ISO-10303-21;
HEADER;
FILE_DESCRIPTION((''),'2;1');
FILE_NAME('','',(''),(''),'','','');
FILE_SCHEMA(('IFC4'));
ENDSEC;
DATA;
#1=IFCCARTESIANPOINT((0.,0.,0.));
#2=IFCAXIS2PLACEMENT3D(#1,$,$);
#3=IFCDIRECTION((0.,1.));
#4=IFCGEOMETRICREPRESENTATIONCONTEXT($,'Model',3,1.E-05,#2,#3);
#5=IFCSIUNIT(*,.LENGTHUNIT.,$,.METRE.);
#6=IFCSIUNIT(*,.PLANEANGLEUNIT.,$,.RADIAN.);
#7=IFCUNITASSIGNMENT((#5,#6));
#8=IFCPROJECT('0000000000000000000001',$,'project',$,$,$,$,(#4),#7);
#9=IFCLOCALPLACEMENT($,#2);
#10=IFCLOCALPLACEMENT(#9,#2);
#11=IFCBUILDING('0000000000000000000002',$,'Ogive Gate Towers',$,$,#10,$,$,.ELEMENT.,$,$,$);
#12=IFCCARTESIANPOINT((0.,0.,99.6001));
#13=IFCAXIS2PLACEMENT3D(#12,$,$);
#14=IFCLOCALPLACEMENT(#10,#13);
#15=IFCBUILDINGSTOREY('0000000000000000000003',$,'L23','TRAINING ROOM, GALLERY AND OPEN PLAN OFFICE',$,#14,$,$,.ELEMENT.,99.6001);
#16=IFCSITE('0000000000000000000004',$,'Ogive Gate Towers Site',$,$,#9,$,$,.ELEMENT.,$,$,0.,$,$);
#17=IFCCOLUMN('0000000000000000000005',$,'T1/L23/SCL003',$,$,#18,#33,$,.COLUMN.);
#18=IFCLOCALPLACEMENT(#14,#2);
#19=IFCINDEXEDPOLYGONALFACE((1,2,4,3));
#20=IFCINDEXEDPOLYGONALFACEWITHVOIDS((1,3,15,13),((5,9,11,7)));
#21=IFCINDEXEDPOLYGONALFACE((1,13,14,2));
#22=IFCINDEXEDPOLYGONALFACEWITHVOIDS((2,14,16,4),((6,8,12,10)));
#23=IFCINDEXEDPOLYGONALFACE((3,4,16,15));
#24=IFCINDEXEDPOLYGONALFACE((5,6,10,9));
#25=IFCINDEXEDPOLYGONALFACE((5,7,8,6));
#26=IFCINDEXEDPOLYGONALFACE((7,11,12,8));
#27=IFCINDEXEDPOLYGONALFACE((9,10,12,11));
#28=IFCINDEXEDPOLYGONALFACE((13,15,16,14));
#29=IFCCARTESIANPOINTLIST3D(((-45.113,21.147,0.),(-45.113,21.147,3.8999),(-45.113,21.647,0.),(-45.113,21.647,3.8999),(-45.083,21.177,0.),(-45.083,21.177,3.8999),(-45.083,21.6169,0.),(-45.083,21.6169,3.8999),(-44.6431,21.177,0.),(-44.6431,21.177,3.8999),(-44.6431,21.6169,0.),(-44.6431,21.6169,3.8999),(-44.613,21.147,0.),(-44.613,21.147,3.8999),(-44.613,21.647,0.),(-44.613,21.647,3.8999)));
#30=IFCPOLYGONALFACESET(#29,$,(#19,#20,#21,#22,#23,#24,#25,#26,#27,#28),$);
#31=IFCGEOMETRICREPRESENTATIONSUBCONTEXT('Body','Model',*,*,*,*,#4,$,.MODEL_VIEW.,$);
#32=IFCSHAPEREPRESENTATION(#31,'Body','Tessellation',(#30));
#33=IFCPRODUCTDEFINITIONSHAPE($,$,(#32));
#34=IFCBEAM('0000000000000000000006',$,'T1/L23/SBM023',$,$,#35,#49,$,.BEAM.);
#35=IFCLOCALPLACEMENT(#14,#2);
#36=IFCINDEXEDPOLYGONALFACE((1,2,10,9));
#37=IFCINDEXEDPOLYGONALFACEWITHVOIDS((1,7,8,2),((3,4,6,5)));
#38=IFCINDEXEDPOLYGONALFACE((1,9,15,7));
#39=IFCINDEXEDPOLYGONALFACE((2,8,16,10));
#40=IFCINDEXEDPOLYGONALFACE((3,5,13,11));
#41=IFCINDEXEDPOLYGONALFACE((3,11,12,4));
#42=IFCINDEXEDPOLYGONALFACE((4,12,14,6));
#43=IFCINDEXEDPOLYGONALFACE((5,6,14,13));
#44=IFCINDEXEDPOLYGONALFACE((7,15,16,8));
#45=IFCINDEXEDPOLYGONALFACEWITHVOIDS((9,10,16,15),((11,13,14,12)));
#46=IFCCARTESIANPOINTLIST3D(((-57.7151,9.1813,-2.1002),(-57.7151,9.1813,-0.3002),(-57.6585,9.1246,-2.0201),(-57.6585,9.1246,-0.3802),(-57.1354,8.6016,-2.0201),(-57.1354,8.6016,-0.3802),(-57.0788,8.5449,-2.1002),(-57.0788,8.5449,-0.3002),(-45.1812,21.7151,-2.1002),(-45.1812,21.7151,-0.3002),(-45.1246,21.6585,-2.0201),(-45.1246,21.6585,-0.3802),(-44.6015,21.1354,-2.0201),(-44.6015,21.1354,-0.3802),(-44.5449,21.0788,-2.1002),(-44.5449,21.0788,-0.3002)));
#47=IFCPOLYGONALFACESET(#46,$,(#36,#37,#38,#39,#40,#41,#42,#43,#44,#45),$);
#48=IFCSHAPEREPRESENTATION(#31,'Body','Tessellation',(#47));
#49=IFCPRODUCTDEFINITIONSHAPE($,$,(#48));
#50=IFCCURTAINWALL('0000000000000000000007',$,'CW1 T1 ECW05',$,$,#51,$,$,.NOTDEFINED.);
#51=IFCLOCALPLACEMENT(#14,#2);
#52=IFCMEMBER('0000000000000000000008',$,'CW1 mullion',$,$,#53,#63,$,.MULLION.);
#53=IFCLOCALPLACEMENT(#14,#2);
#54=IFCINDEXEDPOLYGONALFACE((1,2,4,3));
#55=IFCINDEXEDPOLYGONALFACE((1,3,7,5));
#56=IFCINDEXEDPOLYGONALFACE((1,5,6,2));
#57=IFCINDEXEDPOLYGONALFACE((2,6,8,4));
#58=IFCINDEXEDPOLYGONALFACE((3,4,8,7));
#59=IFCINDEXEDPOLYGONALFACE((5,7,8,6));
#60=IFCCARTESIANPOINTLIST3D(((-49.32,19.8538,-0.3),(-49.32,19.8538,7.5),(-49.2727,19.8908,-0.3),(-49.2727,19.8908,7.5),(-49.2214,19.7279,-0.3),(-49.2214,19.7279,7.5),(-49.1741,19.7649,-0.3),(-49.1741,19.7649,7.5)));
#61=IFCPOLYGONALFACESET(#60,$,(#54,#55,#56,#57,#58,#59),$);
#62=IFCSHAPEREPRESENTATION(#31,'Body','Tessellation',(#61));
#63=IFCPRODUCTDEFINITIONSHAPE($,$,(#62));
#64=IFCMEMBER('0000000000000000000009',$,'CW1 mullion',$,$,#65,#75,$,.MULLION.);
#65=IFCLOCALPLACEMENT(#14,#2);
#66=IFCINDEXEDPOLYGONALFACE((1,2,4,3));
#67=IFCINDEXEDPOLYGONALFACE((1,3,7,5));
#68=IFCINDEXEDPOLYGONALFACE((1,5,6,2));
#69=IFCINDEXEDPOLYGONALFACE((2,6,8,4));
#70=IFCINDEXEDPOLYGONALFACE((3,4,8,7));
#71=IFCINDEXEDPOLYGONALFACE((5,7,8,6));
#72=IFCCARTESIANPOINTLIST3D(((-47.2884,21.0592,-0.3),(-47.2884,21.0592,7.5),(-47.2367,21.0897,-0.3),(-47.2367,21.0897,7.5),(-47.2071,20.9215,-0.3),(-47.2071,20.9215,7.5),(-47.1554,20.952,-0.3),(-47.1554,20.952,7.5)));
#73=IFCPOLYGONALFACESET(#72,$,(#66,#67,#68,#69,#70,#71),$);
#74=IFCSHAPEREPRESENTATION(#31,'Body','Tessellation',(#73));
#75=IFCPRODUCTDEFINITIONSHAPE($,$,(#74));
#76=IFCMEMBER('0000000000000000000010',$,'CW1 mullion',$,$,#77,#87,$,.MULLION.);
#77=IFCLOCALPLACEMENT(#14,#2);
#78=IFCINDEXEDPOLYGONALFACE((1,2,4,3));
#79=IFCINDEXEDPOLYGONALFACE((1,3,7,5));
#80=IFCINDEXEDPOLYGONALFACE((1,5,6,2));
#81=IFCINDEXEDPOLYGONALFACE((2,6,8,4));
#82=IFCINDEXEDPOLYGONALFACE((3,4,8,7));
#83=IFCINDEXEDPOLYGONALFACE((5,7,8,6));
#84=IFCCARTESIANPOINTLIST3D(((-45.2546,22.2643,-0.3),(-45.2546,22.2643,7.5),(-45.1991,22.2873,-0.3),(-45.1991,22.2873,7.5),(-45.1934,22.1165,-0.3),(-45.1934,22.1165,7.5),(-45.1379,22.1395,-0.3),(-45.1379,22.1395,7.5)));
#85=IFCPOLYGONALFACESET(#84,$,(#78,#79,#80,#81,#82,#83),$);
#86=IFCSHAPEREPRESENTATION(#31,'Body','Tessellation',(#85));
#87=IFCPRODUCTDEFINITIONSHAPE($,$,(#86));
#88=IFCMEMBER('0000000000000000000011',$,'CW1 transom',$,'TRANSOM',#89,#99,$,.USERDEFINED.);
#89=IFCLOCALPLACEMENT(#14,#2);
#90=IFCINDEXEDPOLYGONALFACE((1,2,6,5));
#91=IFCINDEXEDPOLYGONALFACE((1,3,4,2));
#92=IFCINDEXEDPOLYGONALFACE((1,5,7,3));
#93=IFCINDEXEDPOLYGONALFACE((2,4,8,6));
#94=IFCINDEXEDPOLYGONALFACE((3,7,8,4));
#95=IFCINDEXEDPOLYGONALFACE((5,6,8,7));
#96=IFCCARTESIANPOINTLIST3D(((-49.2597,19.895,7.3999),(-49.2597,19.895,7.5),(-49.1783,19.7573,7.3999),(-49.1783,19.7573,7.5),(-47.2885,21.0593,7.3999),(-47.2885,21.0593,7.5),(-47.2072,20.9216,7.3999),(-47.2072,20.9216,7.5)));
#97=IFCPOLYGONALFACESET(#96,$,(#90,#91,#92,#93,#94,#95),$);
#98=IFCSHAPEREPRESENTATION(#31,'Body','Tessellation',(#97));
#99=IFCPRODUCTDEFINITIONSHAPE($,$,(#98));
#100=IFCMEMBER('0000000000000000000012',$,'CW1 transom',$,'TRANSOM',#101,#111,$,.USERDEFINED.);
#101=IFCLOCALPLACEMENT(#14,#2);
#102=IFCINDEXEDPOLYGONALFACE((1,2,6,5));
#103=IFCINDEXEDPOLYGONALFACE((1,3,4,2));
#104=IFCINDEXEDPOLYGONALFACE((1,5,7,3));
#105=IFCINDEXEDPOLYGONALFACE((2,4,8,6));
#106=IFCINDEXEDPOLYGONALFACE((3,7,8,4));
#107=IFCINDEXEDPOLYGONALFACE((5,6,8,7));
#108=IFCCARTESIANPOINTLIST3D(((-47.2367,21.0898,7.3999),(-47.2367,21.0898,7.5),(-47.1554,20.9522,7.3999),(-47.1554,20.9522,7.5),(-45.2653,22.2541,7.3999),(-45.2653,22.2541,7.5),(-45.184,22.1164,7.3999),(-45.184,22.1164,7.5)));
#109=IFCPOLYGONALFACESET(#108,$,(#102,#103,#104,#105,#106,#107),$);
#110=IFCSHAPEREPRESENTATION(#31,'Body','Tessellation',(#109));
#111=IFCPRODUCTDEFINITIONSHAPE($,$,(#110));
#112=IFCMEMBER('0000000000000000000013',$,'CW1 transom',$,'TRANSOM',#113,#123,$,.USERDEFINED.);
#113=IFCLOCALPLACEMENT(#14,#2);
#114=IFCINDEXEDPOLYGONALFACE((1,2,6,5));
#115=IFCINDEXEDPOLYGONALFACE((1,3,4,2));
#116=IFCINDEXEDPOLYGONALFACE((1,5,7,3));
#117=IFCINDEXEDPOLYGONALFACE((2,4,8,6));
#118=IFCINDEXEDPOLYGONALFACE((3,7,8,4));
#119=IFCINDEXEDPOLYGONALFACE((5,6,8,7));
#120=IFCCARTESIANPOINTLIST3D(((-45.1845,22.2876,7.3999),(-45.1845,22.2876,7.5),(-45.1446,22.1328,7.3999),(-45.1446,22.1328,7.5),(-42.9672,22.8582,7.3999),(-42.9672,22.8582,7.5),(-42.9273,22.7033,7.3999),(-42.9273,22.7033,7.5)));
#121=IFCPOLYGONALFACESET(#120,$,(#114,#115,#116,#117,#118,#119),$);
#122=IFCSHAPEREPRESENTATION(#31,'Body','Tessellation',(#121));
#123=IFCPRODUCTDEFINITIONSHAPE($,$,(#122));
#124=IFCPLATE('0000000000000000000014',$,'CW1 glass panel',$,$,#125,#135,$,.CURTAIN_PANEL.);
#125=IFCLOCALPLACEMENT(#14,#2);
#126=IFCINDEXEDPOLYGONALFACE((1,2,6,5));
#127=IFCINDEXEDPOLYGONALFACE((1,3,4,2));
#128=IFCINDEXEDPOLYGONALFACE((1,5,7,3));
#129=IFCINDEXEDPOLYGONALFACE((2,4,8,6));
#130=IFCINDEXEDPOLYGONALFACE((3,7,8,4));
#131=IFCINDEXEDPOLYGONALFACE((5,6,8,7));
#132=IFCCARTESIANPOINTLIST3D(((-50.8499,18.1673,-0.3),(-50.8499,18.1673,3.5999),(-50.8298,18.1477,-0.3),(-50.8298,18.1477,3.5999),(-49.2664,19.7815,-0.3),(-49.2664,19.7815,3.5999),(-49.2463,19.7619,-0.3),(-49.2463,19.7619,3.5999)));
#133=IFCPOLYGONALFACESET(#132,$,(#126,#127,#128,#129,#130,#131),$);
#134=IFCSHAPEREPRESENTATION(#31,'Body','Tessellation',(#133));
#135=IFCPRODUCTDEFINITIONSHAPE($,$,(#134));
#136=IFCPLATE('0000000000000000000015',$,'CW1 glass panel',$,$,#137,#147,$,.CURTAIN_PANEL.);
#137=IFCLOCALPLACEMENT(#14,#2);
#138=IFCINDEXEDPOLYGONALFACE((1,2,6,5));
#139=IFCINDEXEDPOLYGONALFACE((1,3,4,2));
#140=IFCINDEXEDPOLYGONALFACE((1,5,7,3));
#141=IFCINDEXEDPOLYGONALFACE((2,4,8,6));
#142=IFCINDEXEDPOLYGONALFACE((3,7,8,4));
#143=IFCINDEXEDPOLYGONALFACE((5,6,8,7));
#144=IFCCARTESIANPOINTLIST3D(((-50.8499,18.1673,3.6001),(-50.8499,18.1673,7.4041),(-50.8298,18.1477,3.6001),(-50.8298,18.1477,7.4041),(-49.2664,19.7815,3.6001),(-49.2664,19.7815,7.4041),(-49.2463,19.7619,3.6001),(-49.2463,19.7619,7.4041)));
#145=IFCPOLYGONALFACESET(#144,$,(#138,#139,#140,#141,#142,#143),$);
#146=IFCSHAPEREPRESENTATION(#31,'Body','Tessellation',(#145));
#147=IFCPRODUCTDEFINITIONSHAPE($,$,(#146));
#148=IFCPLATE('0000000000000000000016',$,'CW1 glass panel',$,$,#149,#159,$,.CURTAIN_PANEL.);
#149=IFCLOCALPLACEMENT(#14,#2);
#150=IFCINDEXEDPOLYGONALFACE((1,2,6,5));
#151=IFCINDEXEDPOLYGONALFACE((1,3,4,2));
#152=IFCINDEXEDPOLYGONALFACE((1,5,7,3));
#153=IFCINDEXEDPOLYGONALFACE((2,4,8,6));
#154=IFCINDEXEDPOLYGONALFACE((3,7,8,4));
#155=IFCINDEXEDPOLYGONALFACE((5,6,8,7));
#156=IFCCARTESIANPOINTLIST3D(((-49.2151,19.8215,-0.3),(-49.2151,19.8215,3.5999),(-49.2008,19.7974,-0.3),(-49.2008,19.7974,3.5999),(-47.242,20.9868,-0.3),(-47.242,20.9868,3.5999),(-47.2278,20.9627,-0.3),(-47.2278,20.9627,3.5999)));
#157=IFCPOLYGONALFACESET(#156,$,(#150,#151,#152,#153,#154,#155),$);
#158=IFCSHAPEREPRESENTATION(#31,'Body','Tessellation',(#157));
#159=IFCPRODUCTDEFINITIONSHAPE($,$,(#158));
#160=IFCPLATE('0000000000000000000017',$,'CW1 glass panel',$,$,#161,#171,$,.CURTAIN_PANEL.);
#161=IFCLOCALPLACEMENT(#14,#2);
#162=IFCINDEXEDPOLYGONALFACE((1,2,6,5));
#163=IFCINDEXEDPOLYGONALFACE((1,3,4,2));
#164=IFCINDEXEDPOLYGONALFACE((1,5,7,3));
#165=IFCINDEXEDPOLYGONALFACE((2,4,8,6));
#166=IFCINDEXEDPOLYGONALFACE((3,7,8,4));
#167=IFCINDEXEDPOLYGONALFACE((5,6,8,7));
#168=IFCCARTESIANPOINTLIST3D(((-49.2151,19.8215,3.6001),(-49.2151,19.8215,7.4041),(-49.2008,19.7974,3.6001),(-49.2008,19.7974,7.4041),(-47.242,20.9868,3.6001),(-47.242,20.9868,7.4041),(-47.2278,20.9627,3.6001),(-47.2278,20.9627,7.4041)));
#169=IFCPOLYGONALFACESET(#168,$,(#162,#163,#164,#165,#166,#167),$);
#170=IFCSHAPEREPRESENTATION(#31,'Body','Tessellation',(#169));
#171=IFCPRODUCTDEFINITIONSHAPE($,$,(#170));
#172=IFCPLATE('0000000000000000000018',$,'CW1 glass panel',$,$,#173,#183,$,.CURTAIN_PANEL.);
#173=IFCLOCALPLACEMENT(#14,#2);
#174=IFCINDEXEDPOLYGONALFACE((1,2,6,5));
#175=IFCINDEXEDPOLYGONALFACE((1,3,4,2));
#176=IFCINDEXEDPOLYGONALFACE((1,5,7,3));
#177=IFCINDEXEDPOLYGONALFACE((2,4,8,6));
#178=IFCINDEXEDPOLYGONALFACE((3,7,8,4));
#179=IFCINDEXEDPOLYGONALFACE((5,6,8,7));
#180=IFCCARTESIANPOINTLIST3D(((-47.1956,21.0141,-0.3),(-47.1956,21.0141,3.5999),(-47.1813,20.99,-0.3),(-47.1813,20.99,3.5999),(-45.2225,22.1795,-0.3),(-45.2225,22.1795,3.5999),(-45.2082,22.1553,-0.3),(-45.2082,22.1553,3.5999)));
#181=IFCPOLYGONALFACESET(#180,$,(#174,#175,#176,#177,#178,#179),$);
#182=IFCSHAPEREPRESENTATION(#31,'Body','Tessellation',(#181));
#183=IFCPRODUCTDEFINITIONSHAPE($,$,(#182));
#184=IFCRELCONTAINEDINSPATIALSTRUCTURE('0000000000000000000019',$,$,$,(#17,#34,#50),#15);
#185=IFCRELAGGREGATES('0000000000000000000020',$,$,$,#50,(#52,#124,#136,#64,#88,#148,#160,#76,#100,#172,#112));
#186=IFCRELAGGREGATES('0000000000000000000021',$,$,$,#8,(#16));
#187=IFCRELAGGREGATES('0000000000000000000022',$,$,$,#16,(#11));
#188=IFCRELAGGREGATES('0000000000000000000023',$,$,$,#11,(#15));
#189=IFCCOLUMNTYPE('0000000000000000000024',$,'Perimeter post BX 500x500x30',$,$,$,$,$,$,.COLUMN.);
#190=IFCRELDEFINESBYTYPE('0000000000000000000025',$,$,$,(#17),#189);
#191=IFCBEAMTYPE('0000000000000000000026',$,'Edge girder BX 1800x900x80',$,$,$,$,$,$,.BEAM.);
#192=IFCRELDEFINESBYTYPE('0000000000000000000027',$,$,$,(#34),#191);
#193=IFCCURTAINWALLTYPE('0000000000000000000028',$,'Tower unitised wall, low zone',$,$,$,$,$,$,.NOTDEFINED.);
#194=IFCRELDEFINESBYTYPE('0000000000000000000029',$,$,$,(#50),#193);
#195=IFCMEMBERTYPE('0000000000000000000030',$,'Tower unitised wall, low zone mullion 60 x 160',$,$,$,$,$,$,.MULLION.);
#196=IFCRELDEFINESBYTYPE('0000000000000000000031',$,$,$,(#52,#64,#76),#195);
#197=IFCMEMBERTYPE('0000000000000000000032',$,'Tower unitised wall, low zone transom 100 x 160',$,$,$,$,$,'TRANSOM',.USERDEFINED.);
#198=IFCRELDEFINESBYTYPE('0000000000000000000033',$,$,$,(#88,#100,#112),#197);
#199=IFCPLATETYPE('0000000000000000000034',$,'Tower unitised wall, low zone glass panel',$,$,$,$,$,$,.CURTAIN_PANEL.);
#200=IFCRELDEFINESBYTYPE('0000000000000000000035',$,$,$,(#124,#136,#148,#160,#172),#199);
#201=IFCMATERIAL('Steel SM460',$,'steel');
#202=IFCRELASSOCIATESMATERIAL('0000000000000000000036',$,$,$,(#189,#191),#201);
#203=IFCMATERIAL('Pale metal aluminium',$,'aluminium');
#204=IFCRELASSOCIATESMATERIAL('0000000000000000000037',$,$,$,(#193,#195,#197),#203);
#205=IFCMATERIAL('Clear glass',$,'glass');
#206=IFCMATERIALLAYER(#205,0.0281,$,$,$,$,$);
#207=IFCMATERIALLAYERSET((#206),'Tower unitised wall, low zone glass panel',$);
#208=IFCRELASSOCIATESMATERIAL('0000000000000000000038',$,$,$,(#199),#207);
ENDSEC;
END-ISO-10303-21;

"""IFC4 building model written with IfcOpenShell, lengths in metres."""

from ifc_helpers import new_model, si_unit, direction, frame, origin, origin_2d, place, context, subcontext, project, spatial, rectangle, hollow_rectangle, extrude, material, layer, layer_set, material_profile, profile_set, type_object, element, aggregate, save


model = new_model("IFC4")

# Units and contexts
model_context = context("Model", 3, precision=1e-05, world=origin(), true_north=direction((0.0, 1.0)))
body_context = subcontext(model_context, "Body", "Model", "MODEL_VIEW")
ifc_project = project(units=[si_unit("LENGTHUNIT", "METRE"), si_unit("PLANEANGLEUNIT", "RADIAN")], contexts=[model_context])

# Site, building, storey
site_placement = place(None, origin())
site = spatial("IfcSite", under=ifc_project, at=site_placement, Name="Ogive Gate Towers Site", CompositionType="ELEMENT", RefElevation=0.0)
building_placement = place(site_placement, origin())
building = spatial("IfcBuilding", under=site, at=building_placement, Name="Ogive Gate Towers", CompositionType="ELEMENT")
storey_placement = place(building_placement, frame((0.0, 0.0, 99.6001)))
storey = spatial("IfcBuildingStorey", under=building, at=storey_placement, Name="L23", Description="TRAINING ROOM, GALLERY AND OPEN PLAN OFFICE", CompositionType="ELEMENT", Elevation=99.6001)

# Column
ifc_material_1 = material(Name="Steel SM460", Category="steel")
ifc_material_profile_1 = material_profile(ifc_material_1, hollow_rectangle(XDim=0.5, YDim=0.5, WallThickness=0.03, at=origin_2d()), Name="BX 500x500x30")
ifc_profile_set_1 = profile_set([ifc_material_profile_1], Name="Steel SM460")
column_type = type_object("IfcColumnType", Name="Perimeter post BX 500x500x30", PredefinedType="COLUMN", material=ifc_profile_set_1)
column_placement = place(storey_placement, frame((-44.863, 21.397, 0.0), z_axis=(0.0, 0.0, 1.0), x_axis=(1.0, 0.0, 0.0)))
element("IfcColumn", 1, at=column_placement, inside=storey, type_object=column_type, Name="T1/L23/SCL003", PredefinedType="COLUMN", context=body_context, shape_type="SweptSolid", body=[
    extrude(hollow_rectangle(XDim=0.5, YDim=0.5, WallThickness=0.03, at=origin_2d()), origin(), (0.0, 0.0, 1.0), 3.8999),
])

# Beam
ifc_material_profile_2 = material_profile(ifc_material_1, hollow_rectangle(XDim=0.8999, YDim=1.8, WallThickness=0.0801, at=origin_2d()), Name="BX 1800x900x80")
ifc_profile_set_2 = profile_set([ifc_material_profile_2], Name="Steel SM460")
beam_type = type_object("IfcBeamType", Name="Edge girder BX 1800x900x80", PredefinedType="BEAM", material=ifc_profile_set_2)
beam_placement = place(storey_placement, frame((-44.863, 21.397, -1.2002), z_axis=(-0.707107, -0.707107, 0.0), x_axis=(0.707107, -0.707107, 0.0)))
element("IfcBeam", 2, at=beam_placement, inside=storey, type_object=beam_type, Name="T1/L23/SBM023", PredefinedType="BEAM", context=body_context, shape_type="SweptSolid", body=[
    extrude(hollow_rectangle(XDim=0.8999, YDim=1.8, WallThickness=0.0801, at=origin_2d()), origin(), (0.0, 0.0, 1.0), 17.7256),
])

# Curtain wall, members, plates
ifc_material_2 = material(Name="Pale metal aluminium", Category="aluminium")
curtain_wall_type = type_object("IfcCurtainWallType", Name="Tower unitised wall, low zone", PredefinedType="NOTDEFINED", material=ifc_material_2)
curtain_wall_placement = place(storey_placement, origin())
curtain_wall = element("IfcCurtainWall", 3, at=curtain_wall_placement, inside=storey, type_object=curtain_wall_type, Name="CW1 T1 ECW05", PredefinedType="NOTDEFINED")
ifc_material_profile_3 = material_profile(ifc_material_2, rectangle(XDim=0.1599, YDim=0.0601, at=origin_2d()), Name="60 x 160 aluminium box")
ifc_profile_set_3 = profile_set([ifc_material_profile_3], Name="Pale metal aluminium")
member_type_1 = type_object("IfcMemberType", Name="Tower unitised wall, low zone mullion 60 x 160", PredefinedType="MULLION", material=ifc_profile_set_3)
member_1_placement = place(storey_placement, frame((-49.2471, 19.8093, -0.3), z_axis=(0.0, 0.0, 1.0), x_axis=(0.616459, -0.787387, 0.0)))
member_1 = element("IfcMember", 4, at=member_1_placement, type_object=member_type_1, Name="CW1 mullion", PredefinedType="MULLION", context=body_context, shape_type="SweptSolid", body=[
    extrude(rectangle(XDim=0.1599, YDim=0.0601, at=origin_2d()), origin(), (0.0, 0.0, 1.0), 7.8),
])
member_2_placement = place(storey_placement, frame((-47.2219, 21.0056, -0.3), z_axis=(0.0, 0.0, 1.0), x_axis=(0.508546, -0.861035, 0.0)))
member_2 = element("IfcMember", 5, at=member_2_placement, type_object=member_type_1, Name="CW1 mullion", PredefinedType="MULLION", context=body_context, shape_type="SweptSolid", body=[
    extrude(rectangle(XDim=0.1599, YDim=0.0601, at=origin_2d()), origin(), (0.0, 0.0, 1.0), 7.8),
])
member_3_placement = place(storey_placement, frame((-45.1963, 22.2019, -0.3), z_axis=(0.0, 0.0, 1.0), x_axis=(0.382683, -0.92388, 0.0)))
member_3 = element("IfcMember", 6, at=member_3_placement, type_object=member_type_1, Name="CW1 mullion", PredefinedType="MULLION", context=body_context, shape_type="SweptSolid", body=[
    extrude(rectangle(XDim=0.1599, YDim=0.0601, at=origin_2d()), origin(), (0.0, 0.0, 1.0), 7.8),
])
ifc_material_profile_4 = material_profile(ifc_material_2, rectangle(XDim=0.1599, YDim=0.1001, at=origin_2d()), Name="100 x 160 aluminium box")
ifc_profile_set_4 = profile_set([ifc_material_profile_4], Name="Pale metal aluminium")
member_type_2 = type_object("IfcMemberType", Name="Tower unitised wall, low zone transom 100 x 160", ElementType="TRANSOM", PredefinedType="USERDEFINED", material=ifc_profile_set_4)
member_4_placement = place(storey_placement, frame((-49.219, 19.8262, 7.45), z_axis=(0.86102, 0.508571, 0.0), x_axis=(-0.508571, 0.86102, 0.0)))
member_4 = element("IfcMember", 7, at=member_4_placement, type_object=member_type_2, Name="CW1 transom", ObjectType="TRANSOM", PredefinedType="USERDEFINED", context=body_context, shape_type="SweptSolid", body=[
    extrude(rectangle(XDim=0.1599, YDim=0.1001, at=origin_2d()), origin(), (0.0, 0.0, 1.0), 2.2893),
])
member_5_placement = place(storey_placement, frame((-47.196, 21.021, 7.45), z_axis=(0.861048, 0.508525, 0.0), x_axis=(-0.508525, 0.861048, 0.0)))
member_5 = element("IfcMember", 8, at=member_5_placement, type_object=member_type_2, Name="CW1 transom", ObjectType="TRANSOM", PredefinedType="USERDEFINED", context=body_context, shape_type="SweptSolid", body=[
    extrude(rectangle(XDim=0.1599, YDim=0.1001, at=origin_2d()), origin(), (0.0, 0.0, 1.0), 2.2896),
])
member_6_placement = place(storey_placement, frame((-45.1646, 22.2102, 7.45), z_axis=(0.968451, 0.249204, 0.0), x_axis=(-0.249204, 0.968451, 0.0)))
member_6 = element("IfcMember", 9, at=member_6_placement, type_object=member_type_2, Name="CW1 transom", ObjectType="TRANSOM", PredefinedType="USERDEFINED", context=body_context, shape_type="SweptSolid", body=[
    extrude(rectangle(XDim=0.1599, YDim=0.1001, at=origin_2d()), origin(), (0.0, 0.0, 1.0), 2.2896),
])
ifc_material_3 = material(Name="Clear glass", Category="glass")
ifc_layer_1 = layer(ifc_material_3, 0.0281)
ifc_layer_set_1 = layer_set([ifc_layer_1], Name="Tower unitised wall, low zone glass panel")
plate_type = type_object("IfcPlateType", Name="Tower unitised wall, low zone glass panel", PredefinedType="CURTAIN_PANEL", material=ifc_layer_set_1)
plate_1_placement = place(storey_placement, frame((-50.0481, 18.9646, -0.3), z_axis=(0.0, 0.0, 1.0), x_axis=(0.700287, 0.713862, 0.0)))
plate_1 = element("IfcPlate", 10, at=plate_1_placement, type_object=plate_type, Name="CW1 glass panel", PredefinedType="CURTAIN_PANEL", context=body_context, shape_type="SweptSolid", body=[
    extrude(rectangle(XDim=2.2612, YDim=0.0281, at=origin_2d()), origin(), (0.0, 0.0, 1.0), 3.8999),
])
plate_2_placement = place(storey_placement, frame((-50.0481, 18.9646, 3.6001), z_axis=(0.0, 0.0, 1.0), x_axis=(0.700287, 0.713862, 0.0)))
plate_2 = element("IfcPlate", 11, at=plate_2_placement, type_object=plate_type, Name="CW1 glass panel", PredefinedType="CURTAIN_PANEL", context=body_context, shape_type="SweptSolid", body=[
    extrude(rectangle(XDim=2.2612, YDim=0.0281, at=origin_2d()), origin(), (0.0, 0.0, 1.0), 3.804),
])
plate_3_placement = place(storey_placement, frame((-48.2214, 20.3921, -0.3), z_axis=(0.0, 0.0, 1.0), x_axis=(0.861044, 0.508531, 0.0)))
plate_3 = element("IfcPlate", 12, at=plate_3_placement, type_object=plate_type, Name="CW1 glass panel", PredefinedType="CURTAIN_PANEL", context=body_context, shape_type="SweptSolid", body=[
    extrude(rectangle(XDim=2.2915, YDim=0.0281, at=origin_2d()), origin(), (0.0, 0.0, 1.0), 3.8999),
])
plate_4_placement = place(storey_placement, frame((-48.2214, 20.3921, 3.6001), z_axis=(0.0, 0.0, 1.0), x_axis=(0.861044, 0.508531, 0.0)))
plate_4 = element("IfcPlate", 13, at=plate_4_placement, type_object=plate_type, Name="CW1 glass panel", PredefinedType="CURTAIN_PANEL", context=body_context, shape_type="SweptSolid", body=[
    extrude(rectangle(XDim=2.2915, YDim=0.0281, at=origin_2d()), origin(), (0.0, 0.0, 1.0), 3.804),
])
plate_5_placement = place(storey_placement, frame((-46.2019, 21.5847, -0.3), z_axis=(0.0, 0.0, 1.0), x_axis=(0.861035, 0.508546, 0.0)))
plate_5 = element("IfcPlate", 14, at=plate_5_placement, type_object=plate_type, Name="CW1 glass panel", PredefinedType="CURTAIN_PANEL", context=body_context, shape_type="SweptSolid", body=[
    extrude(rectangle(XDim=2.2915, YDim=0.0281, at=origin_2d()), origin(), (0.0, 0.0, 1.0), 3.8999),
])
aggregate(curtain_wall, [member_1, plate_1, plate_2, member_2, member_4, plate_3, plate_4, member_3, member_5, plate_5, member_6])

save(model, "model.ifc")
